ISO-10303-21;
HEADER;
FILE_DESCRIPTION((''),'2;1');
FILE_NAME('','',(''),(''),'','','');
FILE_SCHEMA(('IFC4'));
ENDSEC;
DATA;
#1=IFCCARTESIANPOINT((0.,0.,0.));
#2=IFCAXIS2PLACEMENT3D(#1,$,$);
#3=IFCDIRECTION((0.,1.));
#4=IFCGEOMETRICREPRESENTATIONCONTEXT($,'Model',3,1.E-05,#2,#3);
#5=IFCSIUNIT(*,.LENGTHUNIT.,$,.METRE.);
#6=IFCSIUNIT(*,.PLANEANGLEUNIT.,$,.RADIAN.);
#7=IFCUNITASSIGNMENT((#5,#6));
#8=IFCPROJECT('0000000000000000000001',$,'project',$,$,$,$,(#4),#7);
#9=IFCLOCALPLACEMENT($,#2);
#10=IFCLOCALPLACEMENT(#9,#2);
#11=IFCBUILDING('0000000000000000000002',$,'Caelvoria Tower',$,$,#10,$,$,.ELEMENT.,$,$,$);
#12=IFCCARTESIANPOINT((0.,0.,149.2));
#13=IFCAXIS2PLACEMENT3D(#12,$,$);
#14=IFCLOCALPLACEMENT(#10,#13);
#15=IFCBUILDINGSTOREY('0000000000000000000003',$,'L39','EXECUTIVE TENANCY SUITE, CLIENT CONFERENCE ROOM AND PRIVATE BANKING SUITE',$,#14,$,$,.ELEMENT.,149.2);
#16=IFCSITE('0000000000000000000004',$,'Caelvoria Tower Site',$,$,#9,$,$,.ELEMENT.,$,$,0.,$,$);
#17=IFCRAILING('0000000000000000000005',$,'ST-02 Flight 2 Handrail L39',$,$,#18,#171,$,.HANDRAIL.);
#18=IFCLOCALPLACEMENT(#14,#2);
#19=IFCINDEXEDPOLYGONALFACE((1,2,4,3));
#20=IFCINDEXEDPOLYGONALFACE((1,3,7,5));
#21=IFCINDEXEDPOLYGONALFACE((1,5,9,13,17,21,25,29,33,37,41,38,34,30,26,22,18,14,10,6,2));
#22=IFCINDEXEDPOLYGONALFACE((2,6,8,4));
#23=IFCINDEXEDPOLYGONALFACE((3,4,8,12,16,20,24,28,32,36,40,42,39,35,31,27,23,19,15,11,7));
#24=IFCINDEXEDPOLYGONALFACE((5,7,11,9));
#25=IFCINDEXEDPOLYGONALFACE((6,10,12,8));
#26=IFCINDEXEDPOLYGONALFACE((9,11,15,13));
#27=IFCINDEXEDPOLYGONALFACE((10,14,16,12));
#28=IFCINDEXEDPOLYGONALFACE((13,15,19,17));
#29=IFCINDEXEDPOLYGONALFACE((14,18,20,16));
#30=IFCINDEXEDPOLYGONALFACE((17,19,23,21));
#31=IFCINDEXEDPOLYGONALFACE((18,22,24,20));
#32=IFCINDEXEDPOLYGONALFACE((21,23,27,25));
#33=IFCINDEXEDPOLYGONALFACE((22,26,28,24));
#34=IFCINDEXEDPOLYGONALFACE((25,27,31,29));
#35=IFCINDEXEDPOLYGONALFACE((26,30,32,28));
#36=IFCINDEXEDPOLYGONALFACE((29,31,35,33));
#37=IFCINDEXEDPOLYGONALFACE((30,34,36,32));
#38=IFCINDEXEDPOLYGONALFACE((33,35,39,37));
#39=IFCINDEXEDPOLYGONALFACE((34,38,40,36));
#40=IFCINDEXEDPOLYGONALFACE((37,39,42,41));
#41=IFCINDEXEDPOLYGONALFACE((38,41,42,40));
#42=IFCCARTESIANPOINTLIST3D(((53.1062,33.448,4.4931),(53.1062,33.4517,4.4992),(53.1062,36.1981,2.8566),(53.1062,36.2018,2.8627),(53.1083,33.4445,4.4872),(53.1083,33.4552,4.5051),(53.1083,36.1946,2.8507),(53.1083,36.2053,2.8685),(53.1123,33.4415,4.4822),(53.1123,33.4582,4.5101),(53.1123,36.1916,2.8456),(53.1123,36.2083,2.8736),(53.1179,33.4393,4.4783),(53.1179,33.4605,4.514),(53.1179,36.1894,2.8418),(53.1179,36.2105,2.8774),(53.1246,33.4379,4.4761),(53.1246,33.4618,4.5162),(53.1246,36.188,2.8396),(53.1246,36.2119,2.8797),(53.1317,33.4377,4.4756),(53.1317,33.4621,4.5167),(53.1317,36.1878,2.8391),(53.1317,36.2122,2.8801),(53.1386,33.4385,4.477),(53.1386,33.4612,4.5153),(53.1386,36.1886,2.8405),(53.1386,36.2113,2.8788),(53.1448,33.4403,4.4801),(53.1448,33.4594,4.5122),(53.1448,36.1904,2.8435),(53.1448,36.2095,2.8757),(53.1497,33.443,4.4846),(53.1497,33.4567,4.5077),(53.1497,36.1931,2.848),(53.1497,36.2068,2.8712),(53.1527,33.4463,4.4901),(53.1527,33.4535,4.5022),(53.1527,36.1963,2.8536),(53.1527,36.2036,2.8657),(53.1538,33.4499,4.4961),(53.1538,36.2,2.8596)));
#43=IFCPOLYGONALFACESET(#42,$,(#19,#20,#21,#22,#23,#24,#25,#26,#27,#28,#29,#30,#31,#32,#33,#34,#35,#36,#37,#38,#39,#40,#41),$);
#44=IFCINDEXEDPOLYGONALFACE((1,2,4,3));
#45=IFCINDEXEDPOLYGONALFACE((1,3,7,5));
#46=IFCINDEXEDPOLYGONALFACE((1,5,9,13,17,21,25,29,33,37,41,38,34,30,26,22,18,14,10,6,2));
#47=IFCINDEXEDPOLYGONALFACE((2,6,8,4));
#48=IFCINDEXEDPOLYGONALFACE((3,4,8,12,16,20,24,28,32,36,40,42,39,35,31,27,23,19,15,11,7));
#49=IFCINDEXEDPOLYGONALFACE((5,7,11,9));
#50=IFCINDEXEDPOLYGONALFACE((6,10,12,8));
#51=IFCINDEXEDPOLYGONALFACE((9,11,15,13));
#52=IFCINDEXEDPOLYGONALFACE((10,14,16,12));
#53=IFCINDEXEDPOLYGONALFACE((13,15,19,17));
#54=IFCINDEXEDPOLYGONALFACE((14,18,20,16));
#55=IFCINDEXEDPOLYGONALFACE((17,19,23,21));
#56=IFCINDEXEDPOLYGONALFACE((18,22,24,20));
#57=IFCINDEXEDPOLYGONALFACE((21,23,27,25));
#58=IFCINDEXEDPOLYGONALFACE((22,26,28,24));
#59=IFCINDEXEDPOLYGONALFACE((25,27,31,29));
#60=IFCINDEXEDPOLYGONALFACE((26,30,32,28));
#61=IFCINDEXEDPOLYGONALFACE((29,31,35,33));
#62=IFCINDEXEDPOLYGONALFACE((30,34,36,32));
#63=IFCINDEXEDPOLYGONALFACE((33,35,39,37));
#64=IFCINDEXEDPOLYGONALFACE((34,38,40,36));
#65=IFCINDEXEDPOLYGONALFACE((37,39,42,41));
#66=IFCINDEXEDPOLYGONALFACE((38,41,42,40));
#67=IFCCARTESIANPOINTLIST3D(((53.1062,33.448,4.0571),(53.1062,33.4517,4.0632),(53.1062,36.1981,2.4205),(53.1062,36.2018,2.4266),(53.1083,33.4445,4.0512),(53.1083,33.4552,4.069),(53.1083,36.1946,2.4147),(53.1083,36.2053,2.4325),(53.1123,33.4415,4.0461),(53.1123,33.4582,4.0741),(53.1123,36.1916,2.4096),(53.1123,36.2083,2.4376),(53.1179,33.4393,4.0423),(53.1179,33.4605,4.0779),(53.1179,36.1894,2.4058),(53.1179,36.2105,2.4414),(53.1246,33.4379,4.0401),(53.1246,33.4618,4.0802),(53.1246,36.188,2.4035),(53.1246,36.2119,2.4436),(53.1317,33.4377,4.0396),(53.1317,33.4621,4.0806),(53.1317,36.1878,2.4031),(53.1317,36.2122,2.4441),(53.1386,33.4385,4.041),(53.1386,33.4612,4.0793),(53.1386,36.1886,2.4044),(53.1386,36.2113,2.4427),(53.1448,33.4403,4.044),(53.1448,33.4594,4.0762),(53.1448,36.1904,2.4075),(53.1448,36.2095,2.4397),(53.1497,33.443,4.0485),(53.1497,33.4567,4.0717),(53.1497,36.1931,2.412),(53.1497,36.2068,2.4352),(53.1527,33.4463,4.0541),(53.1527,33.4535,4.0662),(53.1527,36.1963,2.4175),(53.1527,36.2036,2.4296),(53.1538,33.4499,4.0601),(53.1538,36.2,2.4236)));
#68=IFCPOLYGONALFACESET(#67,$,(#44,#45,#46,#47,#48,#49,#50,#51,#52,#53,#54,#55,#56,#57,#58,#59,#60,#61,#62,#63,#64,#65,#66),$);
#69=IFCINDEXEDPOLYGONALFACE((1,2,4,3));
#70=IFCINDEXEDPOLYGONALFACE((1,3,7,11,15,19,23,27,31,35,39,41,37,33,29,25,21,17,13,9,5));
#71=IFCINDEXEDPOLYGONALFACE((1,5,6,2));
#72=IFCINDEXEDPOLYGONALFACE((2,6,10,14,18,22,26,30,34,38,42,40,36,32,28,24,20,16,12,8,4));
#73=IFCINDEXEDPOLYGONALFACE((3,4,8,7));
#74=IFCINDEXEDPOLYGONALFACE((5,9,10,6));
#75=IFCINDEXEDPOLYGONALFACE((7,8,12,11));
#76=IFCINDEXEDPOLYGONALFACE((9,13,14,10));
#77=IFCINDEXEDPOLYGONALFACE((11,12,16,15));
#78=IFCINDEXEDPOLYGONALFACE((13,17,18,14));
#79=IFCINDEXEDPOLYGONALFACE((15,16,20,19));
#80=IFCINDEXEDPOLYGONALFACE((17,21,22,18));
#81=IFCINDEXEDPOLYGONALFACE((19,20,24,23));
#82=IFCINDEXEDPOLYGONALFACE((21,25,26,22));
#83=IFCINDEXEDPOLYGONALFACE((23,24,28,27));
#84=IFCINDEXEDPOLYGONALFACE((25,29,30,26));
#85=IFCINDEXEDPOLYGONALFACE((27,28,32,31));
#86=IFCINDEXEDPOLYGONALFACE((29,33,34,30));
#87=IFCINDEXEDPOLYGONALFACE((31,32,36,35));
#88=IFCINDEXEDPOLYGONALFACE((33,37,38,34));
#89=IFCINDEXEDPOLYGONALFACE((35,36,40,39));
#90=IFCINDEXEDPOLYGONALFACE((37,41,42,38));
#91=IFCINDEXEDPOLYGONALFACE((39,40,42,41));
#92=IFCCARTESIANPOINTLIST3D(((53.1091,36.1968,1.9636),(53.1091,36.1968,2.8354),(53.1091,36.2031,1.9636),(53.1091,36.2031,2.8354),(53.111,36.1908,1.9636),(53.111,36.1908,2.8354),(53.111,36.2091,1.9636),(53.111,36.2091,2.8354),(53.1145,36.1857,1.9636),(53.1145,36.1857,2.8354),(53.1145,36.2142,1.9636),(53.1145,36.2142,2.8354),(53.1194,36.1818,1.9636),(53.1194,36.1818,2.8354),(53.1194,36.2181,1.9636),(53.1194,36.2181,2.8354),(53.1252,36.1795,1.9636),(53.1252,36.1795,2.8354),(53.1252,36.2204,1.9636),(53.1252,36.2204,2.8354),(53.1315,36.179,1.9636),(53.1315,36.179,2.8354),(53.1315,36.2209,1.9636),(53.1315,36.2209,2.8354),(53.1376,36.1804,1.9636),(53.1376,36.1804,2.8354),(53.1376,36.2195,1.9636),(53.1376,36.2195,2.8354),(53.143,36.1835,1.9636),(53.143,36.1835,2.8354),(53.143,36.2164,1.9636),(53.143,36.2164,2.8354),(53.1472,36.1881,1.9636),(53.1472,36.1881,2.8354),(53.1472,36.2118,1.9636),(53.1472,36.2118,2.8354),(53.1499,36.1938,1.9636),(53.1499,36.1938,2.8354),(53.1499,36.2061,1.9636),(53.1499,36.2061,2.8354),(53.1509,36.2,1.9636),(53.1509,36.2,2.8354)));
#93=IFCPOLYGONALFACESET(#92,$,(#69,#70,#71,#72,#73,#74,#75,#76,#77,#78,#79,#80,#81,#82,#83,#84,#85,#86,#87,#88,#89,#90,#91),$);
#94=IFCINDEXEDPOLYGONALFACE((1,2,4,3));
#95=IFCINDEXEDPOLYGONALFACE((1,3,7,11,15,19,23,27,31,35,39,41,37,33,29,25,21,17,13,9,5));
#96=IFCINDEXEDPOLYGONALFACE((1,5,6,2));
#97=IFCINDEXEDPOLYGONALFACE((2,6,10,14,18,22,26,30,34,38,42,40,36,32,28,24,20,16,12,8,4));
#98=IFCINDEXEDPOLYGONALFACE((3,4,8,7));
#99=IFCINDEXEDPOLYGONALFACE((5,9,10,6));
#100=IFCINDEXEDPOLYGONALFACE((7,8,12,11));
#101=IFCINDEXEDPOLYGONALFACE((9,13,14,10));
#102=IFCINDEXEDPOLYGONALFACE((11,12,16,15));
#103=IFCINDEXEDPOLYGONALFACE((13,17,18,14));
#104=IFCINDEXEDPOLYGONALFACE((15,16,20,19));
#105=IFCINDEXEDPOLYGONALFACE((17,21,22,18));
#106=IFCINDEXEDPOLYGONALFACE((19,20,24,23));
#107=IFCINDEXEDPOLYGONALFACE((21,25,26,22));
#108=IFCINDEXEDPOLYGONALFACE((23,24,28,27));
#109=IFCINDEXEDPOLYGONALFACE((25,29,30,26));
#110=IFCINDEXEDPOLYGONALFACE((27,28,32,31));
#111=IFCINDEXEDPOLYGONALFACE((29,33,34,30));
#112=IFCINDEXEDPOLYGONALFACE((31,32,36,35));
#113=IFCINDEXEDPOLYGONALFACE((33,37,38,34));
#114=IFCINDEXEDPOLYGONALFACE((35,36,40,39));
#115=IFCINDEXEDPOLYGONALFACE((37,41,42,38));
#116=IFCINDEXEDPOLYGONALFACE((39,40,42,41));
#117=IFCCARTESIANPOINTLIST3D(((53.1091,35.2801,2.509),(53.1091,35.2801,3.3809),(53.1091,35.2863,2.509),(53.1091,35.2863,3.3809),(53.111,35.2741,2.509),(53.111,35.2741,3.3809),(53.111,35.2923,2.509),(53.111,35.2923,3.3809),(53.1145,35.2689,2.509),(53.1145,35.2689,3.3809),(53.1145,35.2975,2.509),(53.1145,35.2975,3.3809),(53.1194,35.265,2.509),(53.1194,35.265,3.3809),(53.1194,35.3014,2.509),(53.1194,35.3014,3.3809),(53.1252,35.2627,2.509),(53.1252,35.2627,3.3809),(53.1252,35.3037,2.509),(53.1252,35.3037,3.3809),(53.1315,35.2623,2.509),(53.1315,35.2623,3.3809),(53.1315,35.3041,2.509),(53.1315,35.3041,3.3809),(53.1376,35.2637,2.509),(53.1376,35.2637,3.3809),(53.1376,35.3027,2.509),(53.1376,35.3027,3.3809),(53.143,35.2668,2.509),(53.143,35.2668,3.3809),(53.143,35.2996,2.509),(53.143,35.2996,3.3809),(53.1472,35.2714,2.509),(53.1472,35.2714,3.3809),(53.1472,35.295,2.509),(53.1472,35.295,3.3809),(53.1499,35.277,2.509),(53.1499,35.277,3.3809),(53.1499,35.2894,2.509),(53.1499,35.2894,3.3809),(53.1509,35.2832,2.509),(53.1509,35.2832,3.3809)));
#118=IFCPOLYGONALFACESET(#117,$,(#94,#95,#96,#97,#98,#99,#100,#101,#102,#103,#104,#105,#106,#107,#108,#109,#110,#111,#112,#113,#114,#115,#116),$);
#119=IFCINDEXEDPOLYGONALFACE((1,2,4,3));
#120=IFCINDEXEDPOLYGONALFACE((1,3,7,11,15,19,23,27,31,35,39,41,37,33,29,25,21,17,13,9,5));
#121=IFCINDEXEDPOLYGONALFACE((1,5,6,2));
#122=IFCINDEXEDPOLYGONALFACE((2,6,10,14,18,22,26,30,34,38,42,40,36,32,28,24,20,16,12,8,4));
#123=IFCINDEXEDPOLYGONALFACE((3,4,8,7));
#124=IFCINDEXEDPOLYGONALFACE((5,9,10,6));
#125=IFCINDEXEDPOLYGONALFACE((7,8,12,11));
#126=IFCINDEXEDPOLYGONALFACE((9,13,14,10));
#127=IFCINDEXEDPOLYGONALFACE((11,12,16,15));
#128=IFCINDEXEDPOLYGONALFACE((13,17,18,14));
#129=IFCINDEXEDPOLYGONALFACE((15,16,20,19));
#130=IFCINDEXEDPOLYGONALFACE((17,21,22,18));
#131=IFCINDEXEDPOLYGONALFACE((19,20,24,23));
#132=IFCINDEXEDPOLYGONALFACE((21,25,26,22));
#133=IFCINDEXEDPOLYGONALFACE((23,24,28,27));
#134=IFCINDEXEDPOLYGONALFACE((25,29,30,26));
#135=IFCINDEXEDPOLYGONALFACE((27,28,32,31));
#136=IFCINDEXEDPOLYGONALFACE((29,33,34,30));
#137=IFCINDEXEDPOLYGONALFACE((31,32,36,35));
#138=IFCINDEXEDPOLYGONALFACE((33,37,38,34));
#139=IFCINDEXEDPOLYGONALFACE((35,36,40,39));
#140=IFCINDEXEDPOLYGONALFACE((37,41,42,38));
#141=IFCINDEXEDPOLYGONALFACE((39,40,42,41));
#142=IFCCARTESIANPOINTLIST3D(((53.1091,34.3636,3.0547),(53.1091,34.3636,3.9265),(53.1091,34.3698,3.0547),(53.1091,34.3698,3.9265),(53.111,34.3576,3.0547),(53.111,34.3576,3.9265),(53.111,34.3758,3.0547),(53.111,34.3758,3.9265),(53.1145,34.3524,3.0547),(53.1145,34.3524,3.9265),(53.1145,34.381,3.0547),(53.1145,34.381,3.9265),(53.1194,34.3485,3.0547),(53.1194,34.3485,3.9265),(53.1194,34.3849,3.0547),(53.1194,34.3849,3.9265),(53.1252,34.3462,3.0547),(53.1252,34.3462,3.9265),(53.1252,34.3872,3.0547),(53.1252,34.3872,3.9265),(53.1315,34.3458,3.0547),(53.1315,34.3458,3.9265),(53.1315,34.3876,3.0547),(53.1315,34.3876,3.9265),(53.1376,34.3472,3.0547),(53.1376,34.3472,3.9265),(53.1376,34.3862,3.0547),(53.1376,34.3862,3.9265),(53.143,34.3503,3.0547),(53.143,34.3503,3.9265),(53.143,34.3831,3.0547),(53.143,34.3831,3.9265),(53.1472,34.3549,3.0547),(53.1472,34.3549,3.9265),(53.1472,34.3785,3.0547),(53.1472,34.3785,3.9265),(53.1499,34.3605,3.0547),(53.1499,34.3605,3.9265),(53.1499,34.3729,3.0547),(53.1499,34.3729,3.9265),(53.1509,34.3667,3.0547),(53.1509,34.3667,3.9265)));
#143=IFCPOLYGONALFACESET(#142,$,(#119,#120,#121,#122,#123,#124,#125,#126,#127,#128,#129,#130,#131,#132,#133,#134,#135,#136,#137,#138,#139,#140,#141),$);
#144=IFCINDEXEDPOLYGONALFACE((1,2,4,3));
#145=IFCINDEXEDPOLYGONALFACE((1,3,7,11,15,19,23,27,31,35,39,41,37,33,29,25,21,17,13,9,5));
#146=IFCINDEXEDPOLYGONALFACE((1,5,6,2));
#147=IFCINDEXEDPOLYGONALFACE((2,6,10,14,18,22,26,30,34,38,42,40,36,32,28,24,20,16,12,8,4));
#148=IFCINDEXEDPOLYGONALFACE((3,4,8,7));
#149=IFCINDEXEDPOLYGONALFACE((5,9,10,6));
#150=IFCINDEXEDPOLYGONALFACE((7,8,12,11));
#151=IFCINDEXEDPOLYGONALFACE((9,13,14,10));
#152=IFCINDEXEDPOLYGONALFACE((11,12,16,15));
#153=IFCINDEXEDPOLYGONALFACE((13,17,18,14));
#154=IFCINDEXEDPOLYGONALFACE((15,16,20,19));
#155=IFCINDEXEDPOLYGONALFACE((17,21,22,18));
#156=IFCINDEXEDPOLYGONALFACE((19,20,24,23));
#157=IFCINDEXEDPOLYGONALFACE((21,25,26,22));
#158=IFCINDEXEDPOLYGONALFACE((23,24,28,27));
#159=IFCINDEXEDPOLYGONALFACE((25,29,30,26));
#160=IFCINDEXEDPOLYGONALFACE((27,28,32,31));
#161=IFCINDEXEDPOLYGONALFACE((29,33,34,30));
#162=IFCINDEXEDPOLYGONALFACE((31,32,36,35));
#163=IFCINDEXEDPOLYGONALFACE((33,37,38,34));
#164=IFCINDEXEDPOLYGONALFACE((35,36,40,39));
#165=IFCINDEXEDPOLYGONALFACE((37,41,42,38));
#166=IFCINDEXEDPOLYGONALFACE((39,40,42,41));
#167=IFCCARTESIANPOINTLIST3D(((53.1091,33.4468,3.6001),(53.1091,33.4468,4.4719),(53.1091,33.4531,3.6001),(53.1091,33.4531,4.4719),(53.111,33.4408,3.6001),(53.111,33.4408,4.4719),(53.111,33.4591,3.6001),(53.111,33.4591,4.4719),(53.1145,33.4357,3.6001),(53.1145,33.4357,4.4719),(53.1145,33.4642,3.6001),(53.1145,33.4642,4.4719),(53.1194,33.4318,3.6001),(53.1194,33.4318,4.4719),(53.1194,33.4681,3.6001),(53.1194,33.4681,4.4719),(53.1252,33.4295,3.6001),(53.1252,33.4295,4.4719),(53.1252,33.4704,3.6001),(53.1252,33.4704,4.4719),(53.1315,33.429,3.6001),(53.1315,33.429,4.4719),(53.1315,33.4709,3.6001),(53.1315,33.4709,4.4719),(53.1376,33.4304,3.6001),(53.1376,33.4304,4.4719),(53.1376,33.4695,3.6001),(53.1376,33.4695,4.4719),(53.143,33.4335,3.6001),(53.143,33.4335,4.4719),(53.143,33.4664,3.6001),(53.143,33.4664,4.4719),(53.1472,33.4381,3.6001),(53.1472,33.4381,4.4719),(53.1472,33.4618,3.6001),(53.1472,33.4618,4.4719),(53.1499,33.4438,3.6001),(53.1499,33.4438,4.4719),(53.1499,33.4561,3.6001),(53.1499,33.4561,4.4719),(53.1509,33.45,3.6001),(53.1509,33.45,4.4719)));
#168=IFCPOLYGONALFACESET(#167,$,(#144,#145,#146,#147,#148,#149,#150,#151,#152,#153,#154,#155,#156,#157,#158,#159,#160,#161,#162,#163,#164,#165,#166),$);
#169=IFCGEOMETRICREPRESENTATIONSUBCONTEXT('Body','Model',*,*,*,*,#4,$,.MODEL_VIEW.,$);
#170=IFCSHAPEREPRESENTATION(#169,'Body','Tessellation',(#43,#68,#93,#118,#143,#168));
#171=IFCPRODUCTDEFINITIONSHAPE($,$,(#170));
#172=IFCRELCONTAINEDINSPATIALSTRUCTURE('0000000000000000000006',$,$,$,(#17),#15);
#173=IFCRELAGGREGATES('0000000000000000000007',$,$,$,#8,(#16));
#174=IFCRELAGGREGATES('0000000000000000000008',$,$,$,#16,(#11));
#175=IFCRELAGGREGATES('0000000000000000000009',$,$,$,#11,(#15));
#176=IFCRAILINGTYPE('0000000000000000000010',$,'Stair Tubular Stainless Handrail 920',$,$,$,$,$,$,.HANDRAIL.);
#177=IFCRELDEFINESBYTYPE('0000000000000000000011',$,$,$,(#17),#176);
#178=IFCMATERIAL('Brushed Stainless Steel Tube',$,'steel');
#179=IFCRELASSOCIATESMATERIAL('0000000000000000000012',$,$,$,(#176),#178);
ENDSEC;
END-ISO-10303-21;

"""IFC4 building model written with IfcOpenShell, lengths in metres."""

from ifc_helpers import new_model, si_unit, direction, frame, origin, origin_2d, place, context, subcontext, project, spatial, circle, extrude, material, type_object, element, save


model = new_model("IFC4")

# Units and contexts
model_context = context("Model", 3, precision=1e-05, world=origin(), true_north=direction((0.0, 1.0)))
body_context = subcontext(model_context, "Body", "Model", "MODEL_VIEW")
ifc_project = project(units=[si_unit("LENGTHUNIT", "METRE"), si_unit("PLANEANGLEUNIT", "RADIAN")], contexts=[model_context])

# Site, building, storey
site_placement = place(None, origin())
site = spatial("IfcSite", under=ifc_project, at=site_placement, Name="Caelvoria Tower Site", CompositionType="ELEMENT", RefElevation=0.0)
building_placement = place(site_placement, origin())
building = spatial("IfcBuilding", under=site, at=building_placement, Name="Caelvoria Tower", CompositionType="ELEMENT")
storey_placement = place(building_placement, frame((0.0, 0.0, 149.2)))
storey = spatial("IfcBuildingStorey", under=building, at=storey_placement, Name="L39", Description="EXECUTIVE TENANCY SUITE, CLIENT CONFERENCE ROOM AND PRIVATE BANKING SUITE", CompositionType="ELEMENT", Elevation=149.2)

# Railing
ifc_material_1 = material(Name="Brushed Stainless Steel Tube", Category="steel")
railing_type_1 = type_object("IfcRailingType", Name="Stair Tubular Stainless Handrail 920", PredefinedType="HANDRAIL", material=ifc_material_1)
railing_1_placement = place(storey_placement, frame((53.1299, 36.2, 1.9636)))
element("IfcRailing", 1, at=railing_1_placement, inside=storey, type_object=railing_type_1, Name="ST-02 Flight 2 Handrail L39", PredefinedType="HANDRAIL", context=body_context, shape_type="SweptSolid", body=[
    extrude(circle(Radius=0.0239, at=origin_2d()), frame((0.0, 0.0, 0.896), z_axis=(0.0, -0.859352, 0.511385), x_axis=(1.0, 0.0, 0.0)), (0.0, 0.0, 1.0), 3.2002),
    extrude(circle(Radius=0.0239, at=origin_2d()), frame((0.0, 0.0, 0.46), z_axis=(0.0, -0.859352, 0.511385), x_axis=(1.0, 0.0, 0.0)), (0.0, 0.0, 1.0), 3.2002),
    extrude(circle(Radius=0.021, at=origin_2d()), origin(), (0.0, 0.0, 1.0), 0.8718),
    extrude(circle(Radius=0.021, at=origin_2d()), frame((0.0, -0.9167, 0.5454)), (0.0, 0.0, 1.0), 0.8718),
    extrude(circle(Radius=0.021, at=origin_2d()), frame((0.0, -1.8333, 1.0911)), (0.0, 0.0, 1.0), 0.8718),
    extrude(circle(Radius=0.021, at=origin_2d()), frame((0.0, -2.75, 1.6365)), (0.0, 0.0, 1.0), 0.8718),
])

save(model, "model.ifc")
